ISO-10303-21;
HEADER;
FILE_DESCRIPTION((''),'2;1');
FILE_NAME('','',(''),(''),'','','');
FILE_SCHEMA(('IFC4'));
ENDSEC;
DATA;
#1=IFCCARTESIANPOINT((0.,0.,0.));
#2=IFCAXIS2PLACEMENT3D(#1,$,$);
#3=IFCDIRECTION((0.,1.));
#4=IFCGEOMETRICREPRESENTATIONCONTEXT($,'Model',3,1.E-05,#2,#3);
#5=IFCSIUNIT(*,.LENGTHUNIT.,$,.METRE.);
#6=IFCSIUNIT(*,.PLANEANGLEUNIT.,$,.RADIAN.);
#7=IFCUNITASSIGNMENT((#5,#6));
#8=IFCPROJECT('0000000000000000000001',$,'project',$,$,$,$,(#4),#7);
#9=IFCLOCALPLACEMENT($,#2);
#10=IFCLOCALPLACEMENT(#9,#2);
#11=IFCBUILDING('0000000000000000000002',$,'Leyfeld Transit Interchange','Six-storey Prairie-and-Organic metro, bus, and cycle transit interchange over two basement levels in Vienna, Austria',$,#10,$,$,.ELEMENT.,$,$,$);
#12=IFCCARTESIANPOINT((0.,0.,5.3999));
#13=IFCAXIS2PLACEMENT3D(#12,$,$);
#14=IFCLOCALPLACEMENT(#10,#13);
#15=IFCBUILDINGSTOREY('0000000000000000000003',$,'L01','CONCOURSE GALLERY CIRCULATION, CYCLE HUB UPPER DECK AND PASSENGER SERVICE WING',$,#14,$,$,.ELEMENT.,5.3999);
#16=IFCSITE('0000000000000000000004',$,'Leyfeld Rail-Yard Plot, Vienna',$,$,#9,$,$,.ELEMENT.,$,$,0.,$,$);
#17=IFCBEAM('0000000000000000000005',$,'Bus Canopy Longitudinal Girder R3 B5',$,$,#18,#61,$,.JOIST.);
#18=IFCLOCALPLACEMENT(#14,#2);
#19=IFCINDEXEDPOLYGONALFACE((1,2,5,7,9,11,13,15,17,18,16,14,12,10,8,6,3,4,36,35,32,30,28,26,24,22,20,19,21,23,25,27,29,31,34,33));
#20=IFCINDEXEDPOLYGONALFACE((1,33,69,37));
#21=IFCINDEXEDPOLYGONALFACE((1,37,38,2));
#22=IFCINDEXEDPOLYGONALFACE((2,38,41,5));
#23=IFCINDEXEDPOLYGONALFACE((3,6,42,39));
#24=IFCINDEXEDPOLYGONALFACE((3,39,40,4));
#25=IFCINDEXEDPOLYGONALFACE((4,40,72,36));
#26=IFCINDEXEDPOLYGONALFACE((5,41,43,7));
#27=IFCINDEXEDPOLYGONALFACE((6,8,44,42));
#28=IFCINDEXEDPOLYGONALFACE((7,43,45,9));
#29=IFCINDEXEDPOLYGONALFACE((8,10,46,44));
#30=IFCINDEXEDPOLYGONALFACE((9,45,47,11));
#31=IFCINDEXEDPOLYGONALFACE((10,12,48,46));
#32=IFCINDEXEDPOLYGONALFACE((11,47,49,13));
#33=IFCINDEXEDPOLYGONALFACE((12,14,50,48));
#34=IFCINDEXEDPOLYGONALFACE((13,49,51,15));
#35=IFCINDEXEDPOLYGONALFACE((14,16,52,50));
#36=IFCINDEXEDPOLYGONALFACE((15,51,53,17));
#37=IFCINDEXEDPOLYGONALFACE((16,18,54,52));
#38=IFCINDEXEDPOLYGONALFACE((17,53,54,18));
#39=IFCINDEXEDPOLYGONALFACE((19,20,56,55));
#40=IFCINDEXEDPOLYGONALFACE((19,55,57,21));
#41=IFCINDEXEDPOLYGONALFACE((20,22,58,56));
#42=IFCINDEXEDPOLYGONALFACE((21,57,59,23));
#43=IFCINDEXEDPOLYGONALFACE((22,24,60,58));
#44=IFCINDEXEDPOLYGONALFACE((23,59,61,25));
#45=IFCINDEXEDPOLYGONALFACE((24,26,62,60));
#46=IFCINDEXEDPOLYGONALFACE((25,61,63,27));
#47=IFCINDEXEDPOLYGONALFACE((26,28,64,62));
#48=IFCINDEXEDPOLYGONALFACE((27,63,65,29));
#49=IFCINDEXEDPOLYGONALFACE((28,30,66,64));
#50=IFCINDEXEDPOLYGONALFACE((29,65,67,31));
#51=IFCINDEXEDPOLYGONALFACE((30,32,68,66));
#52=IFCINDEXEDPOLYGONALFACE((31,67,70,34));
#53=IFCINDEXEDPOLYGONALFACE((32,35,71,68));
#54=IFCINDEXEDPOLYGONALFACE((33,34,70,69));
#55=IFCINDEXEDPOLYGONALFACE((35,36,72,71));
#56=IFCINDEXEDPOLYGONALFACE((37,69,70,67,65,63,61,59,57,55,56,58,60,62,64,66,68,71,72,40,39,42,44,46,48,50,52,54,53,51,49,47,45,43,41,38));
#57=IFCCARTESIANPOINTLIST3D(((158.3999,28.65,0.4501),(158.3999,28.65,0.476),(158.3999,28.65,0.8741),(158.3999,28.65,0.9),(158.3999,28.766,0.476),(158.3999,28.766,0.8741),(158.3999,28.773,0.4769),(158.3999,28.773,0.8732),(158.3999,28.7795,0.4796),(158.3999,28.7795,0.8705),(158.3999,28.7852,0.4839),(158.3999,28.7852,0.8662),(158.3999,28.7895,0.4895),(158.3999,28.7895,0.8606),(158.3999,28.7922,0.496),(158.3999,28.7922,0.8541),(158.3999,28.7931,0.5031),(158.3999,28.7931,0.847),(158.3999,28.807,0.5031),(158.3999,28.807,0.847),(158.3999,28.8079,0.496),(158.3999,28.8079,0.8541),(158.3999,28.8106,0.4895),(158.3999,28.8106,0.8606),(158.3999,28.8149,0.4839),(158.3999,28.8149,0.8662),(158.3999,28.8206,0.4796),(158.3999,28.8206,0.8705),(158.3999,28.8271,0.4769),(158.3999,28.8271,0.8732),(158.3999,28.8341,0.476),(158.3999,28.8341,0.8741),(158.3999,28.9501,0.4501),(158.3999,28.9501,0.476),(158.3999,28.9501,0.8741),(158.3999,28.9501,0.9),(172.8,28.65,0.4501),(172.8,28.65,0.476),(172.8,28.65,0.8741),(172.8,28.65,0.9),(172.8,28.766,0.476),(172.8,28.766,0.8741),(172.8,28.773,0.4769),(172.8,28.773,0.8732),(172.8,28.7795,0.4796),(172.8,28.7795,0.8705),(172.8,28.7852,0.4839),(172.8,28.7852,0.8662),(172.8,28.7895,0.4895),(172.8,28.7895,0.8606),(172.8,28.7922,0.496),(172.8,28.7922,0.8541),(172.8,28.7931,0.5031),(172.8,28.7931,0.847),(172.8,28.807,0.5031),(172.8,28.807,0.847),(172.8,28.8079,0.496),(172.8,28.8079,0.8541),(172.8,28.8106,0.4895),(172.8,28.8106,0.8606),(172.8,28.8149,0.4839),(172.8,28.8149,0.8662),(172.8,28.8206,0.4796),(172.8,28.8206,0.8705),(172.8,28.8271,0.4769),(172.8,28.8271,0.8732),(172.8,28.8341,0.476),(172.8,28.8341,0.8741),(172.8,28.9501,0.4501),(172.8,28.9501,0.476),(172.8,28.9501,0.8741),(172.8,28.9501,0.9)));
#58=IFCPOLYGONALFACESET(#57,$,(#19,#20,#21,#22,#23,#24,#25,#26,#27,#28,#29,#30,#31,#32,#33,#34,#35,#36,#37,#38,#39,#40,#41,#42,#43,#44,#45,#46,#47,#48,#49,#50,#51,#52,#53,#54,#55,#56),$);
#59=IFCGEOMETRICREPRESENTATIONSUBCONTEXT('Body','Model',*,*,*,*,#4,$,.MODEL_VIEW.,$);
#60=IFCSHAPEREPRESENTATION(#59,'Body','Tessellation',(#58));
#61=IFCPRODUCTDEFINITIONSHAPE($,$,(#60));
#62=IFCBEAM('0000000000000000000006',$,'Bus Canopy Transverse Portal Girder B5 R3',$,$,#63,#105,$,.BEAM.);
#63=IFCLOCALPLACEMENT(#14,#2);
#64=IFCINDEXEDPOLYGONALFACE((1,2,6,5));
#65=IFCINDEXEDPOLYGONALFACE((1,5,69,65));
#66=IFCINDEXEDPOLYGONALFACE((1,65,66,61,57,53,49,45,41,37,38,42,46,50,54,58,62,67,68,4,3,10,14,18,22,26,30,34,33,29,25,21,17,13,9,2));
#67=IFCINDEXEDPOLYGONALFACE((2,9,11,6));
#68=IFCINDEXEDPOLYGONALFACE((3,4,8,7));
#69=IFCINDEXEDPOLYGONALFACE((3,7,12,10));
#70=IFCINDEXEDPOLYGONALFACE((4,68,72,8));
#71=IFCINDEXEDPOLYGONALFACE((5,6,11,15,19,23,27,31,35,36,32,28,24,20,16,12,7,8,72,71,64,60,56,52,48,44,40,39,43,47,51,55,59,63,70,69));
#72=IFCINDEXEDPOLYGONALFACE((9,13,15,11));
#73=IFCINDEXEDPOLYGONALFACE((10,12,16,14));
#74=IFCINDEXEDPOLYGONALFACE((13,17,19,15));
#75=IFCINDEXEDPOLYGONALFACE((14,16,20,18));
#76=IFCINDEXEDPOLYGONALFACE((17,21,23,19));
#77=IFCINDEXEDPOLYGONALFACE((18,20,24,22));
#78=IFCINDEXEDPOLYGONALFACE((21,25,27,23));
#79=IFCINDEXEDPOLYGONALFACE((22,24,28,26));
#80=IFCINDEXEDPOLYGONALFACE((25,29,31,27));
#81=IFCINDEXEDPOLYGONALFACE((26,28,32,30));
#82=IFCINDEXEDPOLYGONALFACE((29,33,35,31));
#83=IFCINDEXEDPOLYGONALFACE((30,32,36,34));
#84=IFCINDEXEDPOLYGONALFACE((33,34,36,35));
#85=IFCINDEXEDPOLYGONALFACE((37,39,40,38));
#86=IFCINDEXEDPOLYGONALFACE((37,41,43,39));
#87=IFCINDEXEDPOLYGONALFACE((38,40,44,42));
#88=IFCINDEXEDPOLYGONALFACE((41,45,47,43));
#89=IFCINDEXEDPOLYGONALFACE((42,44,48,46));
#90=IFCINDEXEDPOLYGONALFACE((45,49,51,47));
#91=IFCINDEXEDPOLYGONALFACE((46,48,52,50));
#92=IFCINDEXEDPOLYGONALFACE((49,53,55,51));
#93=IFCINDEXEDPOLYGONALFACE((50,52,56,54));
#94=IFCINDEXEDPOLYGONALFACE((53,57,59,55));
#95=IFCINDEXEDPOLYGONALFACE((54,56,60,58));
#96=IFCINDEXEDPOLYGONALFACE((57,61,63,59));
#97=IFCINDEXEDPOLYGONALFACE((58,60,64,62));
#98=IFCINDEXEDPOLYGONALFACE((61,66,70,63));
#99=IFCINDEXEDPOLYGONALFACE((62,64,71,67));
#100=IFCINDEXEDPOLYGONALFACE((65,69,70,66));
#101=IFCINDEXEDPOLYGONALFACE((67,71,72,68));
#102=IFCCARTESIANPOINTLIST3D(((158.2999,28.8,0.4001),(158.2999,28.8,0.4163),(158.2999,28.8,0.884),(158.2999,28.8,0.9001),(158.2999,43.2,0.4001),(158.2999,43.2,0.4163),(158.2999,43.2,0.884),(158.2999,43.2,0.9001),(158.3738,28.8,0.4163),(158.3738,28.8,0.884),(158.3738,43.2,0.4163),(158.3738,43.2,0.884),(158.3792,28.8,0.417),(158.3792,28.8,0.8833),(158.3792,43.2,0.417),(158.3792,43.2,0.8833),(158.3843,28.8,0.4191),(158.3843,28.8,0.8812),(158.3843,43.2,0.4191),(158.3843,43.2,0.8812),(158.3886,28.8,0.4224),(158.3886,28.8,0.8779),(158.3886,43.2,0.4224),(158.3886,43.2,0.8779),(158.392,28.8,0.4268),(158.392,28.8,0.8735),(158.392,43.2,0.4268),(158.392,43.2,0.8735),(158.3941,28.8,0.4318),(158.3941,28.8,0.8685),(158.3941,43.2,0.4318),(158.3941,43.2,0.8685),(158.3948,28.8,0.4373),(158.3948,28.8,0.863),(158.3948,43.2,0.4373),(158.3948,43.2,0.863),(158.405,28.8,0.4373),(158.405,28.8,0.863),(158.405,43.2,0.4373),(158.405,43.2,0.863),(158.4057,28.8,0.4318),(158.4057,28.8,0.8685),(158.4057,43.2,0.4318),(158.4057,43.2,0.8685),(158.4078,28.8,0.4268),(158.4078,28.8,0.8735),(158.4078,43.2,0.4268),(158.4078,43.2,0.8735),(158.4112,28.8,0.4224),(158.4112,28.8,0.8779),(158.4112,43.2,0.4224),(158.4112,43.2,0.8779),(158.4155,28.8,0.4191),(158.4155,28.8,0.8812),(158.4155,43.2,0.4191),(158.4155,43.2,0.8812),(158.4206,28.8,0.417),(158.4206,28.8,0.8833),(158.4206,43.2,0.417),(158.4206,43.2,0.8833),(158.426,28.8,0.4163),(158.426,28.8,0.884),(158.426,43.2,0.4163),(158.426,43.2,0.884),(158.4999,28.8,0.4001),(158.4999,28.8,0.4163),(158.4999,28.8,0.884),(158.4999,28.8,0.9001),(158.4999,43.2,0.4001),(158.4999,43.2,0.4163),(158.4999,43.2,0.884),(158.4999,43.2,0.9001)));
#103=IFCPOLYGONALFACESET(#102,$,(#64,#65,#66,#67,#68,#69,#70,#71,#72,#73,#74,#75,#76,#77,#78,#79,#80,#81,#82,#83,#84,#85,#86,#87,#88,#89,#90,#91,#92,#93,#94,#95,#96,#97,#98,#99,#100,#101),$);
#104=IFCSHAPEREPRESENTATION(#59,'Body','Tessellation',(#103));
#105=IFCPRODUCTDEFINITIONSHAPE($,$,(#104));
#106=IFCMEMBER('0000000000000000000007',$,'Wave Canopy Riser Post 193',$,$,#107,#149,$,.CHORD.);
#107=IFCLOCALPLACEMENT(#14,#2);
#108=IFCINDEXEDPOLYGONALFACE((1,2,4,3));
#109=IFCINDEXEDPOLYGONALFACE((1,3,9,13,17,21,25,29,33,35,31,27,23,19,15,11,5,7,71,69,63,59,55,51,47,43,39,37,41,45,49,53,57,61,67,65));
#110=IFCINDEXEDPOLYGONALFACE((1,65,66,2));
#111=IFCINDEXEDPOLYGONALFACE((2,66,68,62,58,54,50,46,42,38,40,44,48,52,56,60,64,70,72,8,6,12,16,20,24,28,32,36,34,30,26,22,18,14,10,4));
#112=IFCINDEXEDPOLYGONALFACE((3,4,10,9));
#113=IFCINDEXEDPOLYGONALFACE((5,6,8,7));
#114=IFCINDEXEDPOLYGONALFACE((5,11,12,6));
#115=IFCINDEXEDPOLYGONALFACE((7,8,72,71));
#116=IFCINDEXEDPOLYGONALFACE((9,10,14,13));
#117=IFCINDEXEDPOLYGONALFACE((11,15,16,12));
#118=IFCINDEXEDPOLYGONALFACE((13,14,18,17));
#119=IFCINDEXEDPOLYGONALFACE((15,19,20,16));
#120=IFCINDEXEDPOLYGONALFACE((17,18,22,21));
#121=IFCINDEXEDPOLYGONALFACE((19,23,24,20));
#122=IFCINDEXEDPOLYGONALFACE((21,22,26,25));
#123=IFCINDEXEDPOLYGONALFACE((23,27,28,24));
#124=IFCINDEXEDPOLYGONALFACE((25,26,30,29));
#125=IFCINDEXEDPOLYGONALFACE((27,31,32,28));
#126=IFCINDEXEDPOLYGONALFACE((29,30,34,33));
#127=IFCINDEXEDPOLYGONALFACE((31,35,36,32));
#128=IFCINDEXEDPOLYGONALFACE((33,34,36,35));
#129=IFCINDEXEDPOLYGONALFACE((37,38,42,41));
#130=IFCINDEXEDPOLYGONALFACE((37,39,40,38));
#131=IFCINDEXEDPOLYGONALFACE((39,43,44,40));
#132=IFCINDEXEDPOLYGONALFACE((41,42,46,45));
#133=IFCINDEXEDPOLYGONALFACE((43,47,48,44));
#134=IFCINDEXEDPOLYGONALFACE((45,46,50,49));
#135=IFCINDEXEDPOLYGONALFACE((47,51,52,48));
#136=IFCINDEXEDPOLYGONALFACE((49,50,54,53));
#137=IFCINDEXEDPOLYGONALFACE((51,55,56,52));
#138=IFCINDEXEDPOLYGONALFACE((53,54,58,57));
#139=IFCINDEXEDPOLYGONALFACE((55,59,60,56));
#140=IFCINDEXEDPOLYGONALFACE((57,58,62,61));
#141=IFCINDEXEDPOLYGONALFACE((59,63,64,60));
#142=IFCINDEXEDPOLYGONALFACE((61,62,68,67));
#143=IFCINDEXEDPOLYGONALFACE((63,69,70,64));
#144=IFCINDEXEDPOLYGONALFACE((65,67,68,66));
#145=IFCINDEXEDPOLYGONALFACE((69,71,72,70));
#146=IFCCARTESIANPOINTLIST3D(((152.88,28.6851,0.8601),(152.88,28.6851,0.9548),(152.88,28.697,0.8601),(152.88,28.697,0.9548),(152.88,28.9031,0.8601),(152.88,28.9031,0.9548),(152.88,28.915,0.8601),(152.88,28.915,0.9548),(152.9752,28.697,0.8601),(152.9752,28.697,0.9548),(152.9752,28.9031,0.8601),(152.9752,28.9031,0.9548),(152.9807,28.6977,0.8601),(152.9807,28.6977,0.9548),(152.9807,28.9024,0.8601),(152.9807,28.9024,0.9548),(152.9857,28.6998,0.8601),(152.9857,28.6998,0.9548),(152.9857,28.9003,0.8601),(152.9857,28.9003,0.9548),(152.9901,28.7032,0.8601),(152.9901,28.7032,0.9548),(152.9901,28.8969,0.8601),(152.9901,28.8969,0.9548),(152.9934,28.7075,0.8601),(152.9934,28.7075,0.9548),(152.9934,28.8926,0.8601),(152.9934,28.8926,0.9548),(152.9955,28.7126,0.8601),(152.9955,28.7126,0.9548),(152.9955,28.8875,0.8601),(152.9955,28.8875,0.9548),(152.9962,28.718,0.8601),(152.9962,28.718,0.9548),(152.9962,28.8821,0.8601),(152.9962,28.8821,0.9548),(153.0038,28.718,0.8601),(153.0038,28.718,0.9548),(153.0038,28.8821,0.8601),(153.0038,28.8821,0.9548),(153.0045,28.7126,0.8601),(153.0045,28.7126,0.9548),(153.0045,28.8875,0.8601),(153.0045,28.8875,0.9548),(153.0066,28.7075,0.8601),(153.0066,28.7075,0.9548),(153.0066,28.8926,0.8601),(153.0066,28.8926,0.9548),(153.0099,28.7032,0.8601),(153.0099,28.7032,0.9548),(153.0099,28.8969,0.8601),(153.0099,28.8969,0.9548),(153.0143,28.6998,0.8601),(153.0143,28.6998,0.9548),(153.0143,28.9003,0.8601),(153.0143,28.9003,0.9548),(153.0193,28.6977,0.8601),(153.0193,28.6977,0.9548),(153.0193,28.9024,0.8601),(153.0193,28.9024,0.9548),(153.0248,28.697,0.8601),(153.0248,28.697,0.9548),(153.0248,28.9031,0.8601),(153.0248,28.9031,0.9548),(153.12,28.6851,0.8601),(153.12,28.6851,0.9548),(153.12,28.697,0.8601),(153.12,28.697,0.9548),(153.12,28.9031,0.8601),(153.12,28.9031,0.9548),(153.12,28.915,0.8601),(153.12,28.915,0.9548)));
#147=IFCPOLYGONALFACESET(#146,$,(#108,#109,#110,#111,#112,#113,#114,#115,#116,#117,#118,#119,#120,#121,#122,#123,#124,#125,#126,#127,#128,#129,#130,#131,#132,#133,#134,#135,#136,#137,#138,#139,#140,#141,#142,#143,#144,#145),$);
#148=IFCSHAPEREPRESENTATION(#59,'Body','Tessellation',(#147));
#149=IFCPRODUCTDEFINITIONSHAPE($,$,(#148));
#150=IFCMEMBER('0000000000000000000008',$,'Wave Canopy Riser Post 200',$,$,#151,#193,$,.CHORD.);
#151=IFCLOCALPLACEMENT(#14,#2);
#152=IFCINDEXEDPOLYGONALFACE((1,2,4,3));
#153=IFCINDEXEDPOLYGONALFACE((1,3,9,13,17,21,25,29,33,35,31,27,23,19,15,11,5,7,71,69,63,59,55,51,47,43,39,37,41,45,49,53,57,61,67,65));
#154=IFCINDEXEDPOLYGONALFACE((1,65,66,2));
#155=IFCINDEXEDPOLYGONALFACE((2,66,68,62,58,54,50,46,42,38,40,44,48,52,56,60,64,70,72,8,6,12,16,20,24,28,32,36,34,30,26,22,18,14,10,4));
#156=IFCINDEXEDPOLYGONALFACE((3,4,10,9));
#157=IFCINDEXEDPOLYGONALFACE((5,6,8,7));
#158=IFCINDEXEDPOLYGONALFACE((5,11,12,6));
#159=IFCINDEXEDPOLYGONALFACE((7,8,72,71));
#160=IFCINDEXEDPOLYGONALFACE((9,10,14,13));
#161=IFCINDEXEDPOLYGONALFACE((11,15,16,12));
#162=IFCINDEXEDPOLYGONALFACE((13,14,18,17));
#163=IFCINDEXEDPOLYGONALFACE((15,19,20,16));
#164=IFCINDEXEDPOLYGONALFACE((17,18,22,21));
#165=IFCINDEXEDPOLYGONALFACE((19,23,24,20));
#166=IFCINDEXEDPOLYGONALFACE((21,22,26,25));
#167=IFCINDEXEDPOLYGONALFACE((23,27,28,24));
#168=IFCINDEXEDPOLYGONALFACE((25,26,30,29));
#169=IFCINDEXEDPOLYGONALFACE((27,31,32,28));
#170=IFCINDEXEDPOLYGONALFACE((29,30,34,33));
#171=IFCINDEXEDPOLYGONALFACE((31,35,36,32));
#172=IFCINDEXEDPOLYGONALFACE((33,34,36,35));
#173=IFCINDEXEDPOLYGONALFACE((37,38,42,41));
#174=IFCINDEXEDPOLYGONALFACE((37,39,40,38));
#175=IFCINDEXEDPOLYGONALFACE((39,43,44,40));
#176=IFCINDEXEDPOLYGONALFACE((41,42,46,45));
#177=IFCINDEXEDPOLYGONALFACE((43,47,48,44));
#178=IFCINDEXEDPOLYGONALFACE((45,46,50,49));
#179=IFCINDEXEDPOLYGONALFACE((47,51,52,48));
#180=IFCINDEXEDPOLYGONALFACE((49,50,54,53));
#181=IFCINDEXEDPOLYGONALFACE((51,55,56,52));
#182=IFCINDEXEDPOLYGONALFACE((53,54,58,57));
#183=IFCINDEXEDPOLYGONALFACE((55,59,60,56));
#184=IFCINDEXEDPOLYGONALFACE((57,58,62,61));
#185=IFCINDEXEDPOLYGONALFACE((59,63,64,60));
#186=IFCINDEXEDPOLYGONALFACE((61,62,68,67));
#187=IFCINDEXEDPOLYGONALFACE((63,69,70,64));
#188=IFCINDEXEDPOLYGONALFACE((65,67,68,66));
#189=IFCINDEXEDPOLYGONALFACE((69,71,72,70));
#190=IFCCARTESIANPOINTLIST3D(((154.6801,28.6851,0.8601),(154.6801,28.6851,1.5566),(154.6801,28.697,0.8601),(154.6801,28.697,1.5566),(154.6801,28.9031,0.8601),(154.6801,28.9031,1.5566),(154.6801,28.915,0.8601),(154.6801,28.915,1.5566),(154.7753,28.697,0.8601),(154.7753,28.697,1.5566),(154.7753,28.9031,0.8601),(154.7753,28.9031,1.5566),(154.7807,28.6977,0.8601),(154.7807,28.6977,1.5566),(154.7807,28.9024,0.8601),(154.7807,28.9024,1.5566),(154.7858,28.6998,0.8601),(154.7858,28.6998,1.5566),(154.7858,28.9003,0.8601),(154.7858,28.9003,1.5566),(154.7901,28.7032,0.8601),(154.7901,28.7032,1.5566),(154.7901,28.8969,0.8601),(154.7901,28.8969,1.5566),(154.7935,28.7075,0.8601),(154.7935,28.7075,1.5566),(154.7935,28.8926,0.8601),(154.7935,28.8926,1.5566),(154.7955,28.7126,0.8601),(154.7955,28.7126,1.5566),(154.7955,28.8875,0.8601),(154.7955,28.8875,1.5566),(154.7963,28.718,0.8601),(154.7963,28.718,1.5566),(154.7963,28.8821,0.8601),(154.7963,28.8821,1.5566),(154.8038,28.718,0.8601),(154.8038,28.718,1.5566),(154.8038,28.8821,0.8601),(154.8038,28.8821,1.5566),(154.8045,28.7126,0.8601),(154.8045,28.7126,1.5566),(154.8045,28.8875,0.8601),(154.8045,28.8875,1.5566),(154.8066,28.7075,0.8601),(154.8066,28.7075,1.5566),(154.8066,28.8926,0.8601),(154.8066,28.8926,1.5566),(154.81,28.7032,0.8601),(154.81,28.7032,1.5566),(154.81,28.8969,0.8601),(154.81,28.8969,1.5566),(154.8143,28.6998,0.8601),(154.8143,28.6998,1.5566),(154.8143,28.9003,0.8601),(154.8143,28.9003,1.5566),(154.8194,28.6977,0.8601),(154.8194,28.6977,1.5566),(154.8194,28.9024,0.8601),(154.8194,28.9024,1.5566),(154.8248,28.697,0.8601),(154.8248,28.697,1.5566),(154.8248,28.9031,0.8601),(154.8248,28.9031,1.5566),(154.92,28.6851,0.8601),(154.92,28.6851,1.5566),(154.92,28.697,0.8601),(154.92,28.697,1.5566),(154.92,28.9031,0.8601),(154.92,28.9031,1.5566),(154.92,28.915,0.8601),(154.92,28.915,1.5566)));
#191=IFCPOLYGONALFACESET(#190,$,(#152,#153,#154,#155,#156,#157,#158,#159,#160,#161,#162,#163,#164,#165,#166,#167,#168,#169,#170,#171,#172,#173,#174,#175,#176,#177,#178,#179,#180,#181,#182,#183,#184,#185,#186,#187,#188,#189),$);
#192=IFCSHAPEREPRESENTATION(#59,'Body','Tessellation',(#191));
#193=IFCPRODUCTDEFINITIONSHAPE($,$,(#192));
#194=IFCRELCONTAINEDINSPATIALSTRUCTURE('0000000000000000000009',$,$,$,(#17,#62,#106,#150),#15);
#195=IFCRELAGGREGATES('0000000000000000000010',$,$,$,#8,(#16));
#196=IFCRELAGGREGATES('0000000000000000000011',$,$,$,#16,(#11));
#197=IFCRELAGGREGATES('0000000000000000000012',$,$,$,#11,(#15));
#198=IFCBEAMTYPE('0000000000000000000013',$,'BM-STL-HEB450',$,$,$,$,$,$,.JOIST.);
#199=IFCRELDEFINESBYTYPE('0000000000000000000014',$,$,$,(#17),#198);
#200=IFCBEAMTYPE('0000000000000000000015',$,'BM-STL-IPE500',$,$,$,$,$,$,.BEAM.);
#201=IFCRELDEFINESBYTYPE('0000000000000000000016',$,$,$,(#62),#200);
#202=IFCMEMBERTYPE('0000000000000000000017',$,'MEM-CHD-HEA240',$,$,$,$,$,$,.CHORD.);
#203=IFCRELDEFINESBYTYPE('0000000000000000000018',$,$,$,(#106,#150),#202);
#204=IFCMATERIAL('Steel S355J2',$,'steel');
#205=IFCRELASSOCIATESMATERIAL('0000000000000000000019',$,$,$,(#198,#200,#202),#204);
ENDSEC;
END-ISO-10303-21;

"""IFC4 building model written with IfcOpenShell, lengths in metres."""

from ifc_helpers import new_model, si_unit, direction, frame, origin, origin_2d, place, context, subcontext, project, spatial, i_section, extrude, material, material_profile, profile_set, type_object, element, save


model = new_model("IFC4")

# Units and contexts
model_context = context("Model", 3, precision=1e-05, world=origin(), true_north=direction((0.0, 1.0)))
body_context = subcontext(model_context, "Body", "Model", "MODEL_VIEW")
ifc_project = project(units=[si_unit("LENGTHUNIT", "METRE"), si_unit("PLANEANGLEUNIT", "RADIAN")], contexts=[model_context])

# Site, building, storey
site_placement = place(None, origin())
site = spatial("IfcSite", under=ifc_project, at=site_placement, Name="Leyfeld Rail-Yard Plot, Vienna", CompositionType="ELEMENT", RefElevation=0.0)
building_placement = place(site_placement, origin())
building = spatial("IfcBuilding", under=site, at=building_placement, Name="Leyfeld Transit Interchange", Description="Six-storey Prairie-and-Organic metro, bus, and cycle transit interchange over two basement levels in Vienna, Austria", CompositionType="ELEMENT")
storey_placement = place(building_placement, frame((0.0, 0.0, 5.3999)))
storey = spatial("IfcBuildingStorey", under=building, at=storey_placement, Name="L01", Description="CONCOURSE GALLERY CIRCULATION, CYCLE HUB UPPER DECK AND PASSENGER SERVICE WING", CompositionType="ELEMENT", Elevation=5.3999)

# Beams
ifc_material_1 = material(Name="Steel S355J2", Category="steel")
ifc_material_profile_1 = material_profile(ifc_material_1, i_section(OverallWidth=0.3, OverallDepth=0.45, WebThickness=0.0139, FlangeThickness=0.0259, FilletRadius=0.0271, at=origin_2d()), Name="HEB 450")
ifc_profile_set_1 = profile_set([ifc_material_profile_1], Name="Steel S355J2")
beam_type_1 = type_object("IfcBeamType", Name="BM-STL-HEB450", PredefinedType="JOIST", material=ifc_profile_set_1)
beam_1_placement = place(storey_placement, frame((158.3999, 28.8, 0.675), z_axis=(1.0, 0.0, 0.0), x_axis=(0.0, 1.0, 0.0)))
element("IfcBeam", 1, at=beam_1_placement, inside=storey, type_object=beam_type_1, Name="Bus Canopy Longitudinal Girder R3 B5", PredefinedType="JOIST", context=body_context, shape_type="SweptSolid", body=[
    extrude(i_section(OverallWidth=0.3, OverallDepth=0.45, WebThickness=0.0139, FlangeThickness=0.0259, FilletRadius=0.0271, at=origin_2d()), origin(), (0.0, 0.0, 1.0), 14.4001),
])
ifc_material_profile_2 = material_profile(ifc_material_1, i_section(OverallWidth=0.2, OverallDepth=0.5, WebThickness=0.0103, FlangeThickness=0.0161, FilletRadius=0.021, at=origin_2d()), Name="IPE 500")
ifc_profile_set_2 = profile_set([ifc_material_profile_2], Name="Steel S355J2")
beam_type_2 = type_object("IfcBeamType", Name="BM-STL-IPE500", PredefinedType="BEAM", material=ifc_profile_set_2)
beam_2_placement = place(storey_placement, frame((158.3999, 28.8, 0.6501), z_axis=(0.0, 1.0, 0.0), x_axis=(-1.0, 0.0, 0.0)))
element("IfcBeam", 2, at=beam_2_placement, inside=storey, type_object=beam_type_2, Name="Bus Canopy Transverse Portal Girder B5 R3", PredefinedType="BEAM", context=body_context, shape_type="SweptSolid", body=[
    extrude(i_section(OverallWidth=0.2, OverallDepth=0.5, WebThickness=0.0103, FlangeThickness=0.0161, FilletRadius=0.021, at=origin_2d()), origin(), (0.0, 0.0, 1.0), 14.3999),
])

# Members
ifc_material_profile_3 = material_profile(ifc_material_1, i_section(OverallWidth=0.24, OverallDepth=0.23, WebThickness=0.0076, FlangeThickness=0.012, FilletRadius=0.021, at=origin_2d()), Name="HEA 240")
ifc_profile_set_3 = profile_set([ifc_material_profile_3], Name="Steel S355J2")
member_type_1 = type_object("IfcMemberType", Name="MEM-CHD-HEA240", PredefinedType="CHORD", material=ifc_profile_set_3)
member_1_placement = place(storey_placement, frame((153.0, 28.8, 0.8601), z_axis=(0.0, 0.0, 1.0), x_axis=(1.0, 0.0, 0.0)))
element("IfcMember", 3, at=member_1_placement, inside=storey, type_object=member_type_1, Name="Wave Canopy Riser Post 193", PredefinedType="CHORD", context=body_context, shape_type="SweptSolid", body=[
    extrude(i_section(OverallWidth=0.24, OverallDepth=0.23, WebThickness=0.0076, FlangeThickness=0.012, FilletRadius=0.021, at=origin_2d()), origin(), (0.0, 0.0, 1.0), 0.0947),
])
member_2_placement = place(storey_placement, frame((154.8, 28.8, 0.8601), z_axis=(0.0, 0.0, 1.0), x_axis=(1.0, 0.0, 0.0)))
element("IfcMember", 4, at=member_2_placement, inside=storey, type_object=member_type_1, Name="Wave Canopy Riser Post 200", PredefinedType="CHORD", context=body_context, shape_type="SweptSolid", body=[
    extrude(i_section(OverallWidth=0.24, OverallDepth=0.23, WebThickness=0.0076, FlangeThickness=0.012, FilletRadius=0.021, at=origin_2d()), origin(), (0.0, 0.0, 1.0), 0.6965),
])

save(model, "model.ifc")
